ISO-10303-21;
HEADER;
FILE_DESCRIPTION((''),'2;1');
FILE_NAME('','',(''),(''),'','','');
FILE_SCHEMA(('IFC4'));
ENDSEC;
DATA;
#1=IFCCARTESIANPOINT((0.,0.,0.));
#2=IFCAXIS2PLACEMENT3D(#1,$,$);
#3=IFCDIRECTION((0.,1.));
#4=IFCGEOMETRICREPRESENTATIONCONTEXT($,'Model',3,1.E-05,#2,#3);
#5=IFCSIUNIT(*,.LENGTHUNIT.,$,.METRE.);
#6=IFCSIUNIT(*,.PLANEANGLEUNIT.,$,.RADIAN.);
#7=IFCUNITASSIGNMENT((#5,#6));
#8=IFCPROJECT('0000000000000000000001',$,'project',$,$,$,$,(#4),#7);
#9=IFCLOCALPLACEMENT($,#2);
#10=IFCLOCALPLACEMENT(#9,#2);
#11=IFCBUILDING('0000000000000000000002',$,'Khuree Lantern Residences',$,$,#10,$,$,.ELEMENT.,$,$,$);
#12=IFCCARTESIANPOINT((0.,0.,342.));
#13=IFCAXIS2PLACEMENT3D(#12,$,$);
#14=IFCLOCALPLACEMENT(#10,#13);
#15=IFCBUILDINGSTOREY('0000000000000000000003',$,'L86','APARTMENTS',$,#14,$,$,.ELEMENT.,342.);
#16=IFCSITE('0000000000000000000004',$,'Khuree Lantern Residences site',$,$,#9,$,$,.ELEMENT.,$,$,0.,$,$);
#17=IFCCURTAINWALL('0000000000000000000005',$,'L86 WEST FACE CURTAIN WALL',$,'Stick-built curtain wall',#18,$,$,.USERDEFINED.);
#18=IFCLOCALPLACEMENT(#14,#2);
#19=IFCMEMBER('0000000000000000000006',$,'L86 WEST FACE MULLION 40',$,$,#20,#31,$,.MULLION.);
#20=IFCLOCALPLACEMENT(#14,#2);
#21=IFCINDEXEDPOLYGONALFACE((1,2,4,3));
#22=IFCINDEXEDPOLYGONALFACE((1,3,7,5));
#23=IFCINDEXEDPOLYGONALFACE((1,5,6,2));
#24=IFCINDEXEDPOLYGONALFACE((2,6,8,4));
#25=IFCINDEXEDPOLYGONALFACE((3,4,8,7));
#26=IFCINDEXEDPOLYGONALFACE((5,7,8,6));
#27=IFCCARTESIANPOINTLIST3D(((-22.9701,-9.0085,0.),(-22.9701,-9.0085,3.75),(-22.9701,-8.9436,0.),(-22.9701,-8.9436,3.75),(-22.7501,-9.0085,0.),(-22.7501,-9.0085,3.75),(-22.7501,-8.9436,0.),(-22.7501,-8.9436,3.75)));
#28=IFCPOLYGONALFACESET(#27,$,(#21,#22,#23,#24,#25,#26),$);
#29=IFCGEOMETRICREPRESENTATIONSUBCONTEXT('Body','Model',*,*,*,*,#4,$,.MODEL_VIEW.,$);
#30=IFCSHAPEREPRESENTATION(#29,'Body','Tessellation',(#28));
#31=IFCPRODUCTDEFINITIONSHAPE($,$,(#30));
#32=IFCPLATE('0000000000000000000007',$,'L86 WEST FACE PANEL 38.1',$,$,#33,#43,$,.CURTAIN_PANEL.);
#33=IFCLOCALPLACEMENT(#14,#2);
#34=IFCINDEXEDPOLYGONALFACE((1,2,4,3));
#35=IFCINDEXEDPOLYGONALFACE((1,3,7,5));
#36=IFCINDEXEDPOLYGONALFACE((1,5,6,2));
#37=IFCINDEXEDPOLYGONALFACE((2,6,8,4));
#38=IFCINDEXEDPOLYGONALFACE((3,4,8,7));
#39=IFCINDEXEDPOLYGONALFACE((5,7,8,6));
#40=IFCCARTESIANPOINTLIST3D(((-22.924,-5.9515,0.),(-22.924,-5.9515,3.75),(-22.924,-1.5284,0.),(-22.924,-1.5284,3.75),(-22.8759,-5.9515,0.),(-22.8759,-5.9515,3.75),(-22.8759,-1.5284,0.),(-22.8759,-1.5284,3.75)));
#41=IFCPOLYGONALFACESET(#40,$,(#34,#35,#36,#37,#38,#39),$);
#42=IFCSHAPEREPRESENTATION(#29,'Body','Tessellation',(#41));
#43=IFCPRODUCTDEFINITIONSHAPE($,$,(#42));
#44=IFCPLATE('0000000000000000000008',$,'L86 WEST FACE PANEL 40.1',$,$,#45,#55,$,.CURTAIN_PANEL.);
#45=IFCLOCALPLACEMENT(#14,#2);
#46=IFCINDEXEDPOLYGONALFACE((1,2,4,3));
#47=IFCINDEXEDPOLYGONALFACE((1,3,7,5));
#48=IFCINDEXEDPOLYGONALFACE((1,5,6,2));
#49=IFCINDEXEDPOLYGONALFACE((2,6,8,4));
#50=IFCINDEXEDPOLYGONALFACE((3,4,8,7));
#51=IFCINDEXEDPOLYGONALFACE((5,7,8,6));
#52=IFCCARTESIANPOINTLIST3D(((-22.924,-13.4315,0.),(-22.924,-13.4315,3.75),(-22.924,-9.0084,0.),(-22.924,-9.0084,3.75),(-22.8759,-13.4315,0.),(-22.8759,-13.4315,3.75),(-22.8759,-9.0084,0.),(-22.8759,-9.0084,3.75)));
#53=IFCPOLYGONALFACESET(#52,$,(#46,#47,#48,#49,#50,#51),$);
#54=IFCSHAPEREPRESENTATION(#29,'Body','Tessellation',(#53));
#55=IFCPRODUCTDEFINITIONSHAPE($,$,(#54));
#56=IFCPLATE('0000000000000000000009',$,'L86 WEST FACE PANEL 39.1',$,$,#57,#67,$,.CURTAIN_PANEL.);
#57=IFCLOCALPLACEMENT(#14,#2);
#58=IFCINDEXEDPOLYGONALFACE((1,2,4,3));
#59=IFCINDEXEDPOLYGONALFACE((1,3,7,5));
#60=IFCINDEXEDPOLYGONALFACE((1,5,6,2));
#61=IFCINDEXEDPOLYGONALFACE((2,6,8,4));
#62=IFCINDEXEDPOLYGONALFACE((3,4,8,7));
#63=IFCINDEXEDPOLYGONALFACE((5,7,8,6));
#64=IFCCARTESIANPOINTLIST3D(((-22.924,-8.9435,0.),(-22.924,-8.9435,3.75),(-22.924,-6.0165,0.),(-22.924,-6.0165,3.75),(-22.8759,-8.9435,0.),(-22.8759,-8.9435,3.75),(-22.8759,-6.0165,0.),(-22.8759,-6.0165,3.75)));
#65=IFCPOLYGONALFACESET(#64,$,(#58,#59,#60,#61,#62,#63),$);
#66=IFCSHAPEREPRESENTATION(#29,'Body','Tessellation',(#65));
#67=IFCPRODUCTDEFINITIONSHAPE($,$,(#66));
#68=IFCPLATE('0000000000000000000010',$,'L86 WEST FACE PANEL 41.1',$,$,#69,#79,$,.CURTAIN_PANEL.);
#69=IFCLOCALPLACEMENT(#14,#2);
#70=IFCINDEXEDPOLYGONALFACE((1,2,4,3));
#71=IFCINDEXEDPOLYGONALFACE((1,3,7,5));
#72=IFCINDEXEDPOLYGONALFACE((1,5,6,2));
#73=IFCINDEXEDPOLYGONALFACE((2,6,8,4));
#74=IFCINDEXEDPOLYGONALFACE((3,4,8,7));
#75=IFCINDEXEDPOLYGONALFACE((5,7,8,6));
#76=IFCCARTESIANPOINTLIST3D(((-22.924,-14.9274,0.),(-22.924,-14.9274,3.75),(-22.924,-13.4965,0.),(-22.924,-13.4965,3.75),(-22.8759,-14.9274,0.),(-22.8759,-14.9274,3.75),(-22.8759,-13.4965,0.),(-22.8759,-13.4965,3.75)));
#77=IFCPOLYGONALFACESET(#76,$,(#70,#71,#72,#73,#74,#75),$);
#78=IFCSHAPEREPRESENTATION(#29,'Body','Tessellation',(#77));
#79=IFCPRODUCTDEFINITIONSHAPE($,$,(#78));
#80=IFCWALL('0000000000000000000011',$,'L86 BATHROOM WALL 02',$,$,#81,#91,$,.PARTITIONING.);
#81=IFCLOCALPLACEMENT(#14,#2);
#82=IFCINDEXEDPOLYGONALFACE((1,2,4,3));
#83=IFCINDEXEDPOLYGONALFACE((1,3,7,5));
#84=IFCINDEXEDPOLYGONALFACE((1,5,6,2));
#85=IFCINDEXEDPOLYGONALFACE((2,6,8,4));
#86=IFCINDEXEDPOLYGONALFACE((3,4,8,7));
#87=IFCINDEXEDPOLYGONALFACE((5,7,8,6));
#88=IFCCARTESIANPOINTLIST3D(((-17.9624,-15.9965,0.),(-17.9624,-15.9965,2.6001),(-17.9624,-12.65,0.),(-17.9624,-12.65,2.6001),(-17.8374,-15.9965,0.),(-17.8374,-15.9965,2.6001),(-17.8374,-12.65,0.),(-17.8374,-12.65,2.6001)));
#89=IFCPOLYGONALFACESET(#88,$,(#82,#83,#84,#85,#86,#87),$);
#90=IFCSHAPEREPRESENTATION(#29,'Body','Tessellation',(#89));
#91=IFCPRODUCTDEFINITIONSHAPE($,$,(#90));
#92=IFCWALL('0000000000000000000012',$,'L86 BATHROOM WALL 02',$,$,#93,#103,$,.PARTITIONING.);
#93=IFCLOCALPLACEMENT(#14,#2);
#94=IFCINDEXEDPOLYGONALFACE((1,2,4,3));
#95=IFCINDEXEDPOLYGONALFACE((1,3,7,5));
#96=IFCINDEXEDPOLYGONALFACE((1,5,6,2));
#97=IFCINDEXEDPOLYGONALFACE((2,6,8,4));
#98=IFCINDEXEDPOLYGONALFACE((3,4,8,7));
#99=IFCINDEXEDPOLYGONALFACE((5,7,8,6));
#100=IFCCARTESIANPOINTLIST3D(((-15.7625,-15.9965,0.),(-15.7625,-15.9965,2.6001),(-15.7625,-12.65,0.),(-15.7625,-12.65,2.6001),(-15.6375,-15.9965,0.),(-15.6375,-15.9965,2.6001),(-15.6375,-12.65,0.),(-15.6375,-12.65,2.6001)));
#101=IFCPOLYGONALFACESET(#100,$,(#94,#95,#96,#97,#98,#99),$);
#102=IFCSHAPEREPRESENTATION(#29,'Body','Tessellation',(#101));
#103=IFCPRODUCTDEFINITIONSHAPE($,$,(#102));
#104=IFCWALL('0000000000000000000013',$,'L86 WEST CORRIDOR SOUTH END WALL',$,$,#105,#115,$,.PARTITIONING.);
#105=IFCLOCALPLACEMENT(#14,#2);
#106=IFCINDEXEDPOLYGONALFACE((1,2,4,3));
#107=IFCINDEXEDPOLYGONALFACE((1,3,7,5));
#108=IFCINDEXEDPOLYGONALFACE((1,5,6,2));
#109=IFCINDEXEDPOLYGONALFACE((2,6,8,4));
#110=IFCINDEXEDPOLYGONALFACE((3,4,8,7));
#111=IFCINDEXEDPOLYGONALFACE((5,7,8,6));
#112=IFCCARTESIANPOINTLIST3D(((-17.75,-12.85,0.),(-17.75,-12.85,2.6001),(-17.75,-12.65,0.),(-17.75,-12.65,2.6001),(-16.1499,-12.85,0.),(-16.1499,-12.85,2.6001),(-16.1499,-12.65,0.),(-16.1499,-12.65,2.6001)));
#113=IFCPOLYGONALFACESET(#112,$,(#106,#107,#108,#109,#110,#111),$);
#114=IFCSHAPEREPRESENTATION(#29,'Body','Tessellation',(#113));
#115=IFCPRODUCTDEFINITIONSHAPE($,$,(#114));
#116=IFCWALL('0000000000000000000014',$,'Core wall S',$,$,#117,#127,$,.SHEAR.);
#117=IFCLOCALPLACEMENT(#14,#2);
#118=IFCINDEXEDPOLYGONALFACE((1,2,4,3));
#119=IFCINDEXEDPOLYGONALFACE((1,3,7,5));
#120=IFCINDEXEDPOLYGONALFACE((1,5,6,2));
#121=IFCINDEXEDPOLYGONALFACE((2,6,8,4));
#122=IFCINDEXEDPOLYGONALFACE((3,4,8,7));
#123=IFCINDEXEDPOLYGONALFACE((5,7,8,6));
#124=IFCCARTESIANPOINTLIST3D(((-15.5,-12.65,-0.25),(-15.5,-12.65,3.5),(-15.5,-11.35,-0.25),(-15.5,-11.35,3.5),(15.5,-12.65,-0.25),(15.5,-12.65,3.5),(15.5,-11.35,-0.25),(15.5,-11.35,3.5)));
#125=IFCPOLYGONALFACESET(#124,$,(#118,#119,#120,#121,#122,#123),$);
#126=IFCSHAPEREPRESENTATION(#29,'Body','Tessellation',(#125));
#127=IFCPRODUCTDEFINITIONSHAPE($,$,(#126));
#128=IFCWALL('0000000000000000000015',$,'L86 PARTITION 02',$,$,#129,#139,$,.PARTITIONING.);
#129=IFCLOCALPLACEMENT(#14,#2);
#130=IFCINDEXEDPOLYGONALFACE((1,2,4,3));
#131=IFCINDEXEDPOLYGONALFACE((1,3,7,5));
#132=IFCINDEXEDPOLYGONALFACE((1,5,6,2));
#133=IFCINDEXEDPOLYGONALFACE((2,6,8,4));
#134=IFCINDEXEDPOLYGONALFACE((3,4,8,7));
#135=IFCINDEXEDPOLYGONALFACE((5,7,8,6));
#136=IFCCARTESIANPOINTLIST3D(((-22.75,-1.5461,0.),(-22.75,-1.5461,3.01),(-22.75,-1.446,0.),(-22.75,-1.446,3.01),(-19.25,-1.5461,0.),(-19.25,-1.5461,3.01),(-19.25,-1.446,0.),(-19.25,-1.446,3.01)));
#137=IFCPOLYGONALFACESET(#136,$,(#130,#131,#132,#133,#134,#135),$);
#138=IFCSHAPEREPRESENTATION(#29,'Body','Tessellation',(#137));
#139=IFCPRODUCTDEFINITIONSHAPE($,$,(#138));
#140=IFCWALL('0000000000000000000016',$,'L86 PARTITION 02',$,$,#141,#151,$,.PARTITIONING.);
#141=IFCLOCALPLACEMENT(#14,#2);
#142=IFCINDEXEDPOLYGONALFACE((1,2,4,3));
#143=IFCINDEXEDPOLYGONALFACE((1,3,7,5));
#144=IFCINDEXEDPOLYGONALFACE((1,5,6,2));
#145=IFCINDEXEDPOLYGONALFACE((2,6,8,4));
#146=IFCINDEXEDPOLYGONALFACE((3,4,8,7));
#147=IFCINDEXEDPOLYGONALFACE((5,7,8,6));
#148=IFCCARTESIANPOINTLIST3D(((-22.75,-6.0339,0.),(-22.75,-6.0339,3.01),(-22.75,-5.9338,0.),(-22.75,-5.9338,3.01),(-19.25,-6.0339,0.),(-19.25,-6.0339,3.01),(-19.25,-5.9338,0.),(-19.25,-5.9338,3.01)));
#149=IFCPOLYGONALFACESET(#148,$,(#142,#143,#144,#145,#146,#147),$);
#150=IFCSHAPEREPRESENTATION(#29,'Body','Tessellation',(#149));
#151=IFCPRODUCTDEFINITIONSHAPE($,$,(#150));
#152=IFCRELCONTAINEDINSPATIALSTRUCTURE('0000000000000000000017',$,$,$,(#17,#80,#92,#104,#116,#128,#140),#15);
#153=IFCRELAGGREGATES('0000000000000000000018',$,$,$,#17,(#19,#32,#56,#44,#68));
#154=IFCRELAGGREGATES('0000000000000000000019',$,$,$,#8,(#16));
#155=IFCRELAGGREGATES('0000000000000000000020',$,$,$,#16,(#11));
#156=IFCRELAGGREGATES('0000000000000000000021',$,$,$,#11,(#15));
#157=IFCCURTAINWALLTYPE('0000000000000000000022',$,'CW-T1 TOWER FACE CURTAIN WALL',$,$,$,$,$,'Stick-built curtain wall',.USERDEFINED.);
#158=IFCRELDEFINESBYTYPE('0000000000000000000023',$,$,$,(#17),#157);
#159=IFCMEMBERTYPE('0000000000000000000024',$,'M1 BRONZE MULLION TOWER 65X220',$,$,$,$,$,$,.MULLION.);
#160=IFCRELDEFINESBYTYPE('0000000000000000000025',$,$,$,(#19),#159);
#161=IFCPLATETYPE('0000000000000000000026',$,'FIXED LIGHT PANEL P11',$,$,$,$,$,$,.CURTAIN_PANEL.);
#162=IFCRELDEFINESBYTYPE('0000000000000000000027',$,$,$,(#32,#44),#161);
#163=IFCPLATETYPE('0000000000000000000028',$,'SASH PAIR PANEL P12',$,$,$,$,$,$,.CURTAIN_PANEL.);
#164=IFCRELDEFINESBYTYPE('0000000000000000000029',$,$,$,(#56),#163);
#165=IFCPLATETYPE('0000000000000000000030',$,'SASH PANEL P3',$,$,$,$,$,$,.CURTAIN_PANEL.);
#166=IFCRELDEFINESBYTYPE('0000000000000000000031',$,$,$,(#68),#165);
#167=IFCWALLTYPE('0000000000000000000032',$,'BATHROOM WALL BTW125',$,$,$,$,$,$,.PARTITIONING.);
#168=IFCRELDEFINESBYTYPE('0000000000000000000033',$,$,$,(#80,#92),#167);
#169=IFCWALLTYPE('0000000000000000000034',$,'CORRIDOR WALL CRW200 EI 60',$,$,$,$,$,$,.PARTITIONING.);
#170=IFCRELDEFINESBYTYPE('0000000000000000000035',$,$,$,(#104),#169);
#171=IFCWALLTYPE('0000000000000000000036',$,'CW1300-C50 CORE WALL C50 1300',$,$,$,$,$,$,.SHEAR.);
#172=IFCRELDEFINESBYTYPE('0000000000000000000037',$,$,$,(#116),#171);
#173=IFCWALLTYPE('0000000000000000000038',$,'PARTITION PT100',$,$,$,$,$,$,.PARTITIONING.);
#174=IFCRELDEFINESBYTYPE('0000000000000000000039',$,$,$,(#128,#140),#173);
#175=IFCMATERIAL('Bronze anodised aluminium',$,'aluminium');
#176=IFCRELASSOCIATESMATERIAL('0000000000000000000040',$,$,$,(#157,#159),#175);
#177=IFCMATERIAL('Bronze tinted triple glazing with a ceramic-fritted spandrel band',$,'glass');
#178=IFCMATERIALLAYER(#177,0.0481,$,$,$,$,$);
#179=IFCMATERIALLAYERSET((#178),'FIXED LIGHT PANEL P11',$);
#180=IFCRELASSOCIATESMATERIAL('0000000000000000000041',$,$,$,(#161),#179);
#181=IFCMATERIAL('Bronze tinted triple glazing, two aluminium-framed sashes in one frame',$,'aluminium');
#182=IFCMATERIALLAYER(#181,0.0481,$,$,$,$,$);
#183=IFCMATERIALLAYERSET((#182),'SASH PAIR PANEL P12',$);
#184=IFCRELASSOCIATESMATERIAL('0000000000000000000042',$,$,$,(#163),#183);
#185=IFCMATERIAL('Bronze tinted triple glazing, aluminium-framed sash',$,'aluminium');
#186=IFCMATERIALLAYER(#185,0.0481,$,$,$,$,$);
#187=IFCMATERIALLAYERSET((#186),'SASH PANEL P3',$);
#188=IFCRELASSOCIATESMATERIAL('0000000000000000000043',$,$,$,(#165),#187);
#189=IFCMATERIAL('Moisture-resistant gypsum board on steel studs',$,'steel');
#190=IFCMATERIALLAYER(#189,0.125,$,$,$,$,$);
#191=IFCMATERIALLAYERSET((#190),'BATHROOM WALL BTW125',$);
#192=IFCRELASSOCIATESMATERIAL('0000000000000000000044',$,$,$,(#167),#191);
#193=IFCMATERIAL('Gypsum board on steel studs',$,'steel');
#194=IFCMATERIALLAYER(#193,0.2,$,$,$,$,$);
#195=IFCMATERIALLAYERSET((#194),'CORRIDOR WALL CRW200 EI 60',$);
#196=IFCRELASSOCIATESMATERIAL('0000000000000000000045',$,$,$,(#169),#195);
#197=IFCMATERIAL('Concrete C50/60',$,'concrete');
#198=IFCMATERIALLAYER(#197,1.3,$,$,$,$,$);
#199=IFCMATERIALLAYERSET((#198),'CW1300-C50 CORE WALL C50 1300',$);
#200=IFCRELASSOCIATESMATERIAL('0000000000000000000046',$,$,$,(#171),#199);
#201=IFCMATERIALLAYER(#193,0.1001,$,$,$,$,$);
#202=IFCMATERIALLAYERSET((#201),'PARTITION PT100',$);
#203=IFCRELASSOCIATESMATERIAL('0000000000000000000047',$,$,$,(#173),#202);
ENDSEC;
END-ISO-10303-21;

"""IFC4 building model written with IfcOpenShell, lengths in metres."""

from ifc_helpers import new_model, si_unit, direction, frame, frame_2d, origin, origin_2d, place, context, subcontext, project, spatial, rectangle, extrude, material, layer, layer_set, material_profile, profile_set, type_object, element, aggregate, save


model = new_model("IFC4")

# Units and contexts
model_context = context("Model", 3, precision=1e-05, world=origin(), true_north=direction((0.0, 1.0)))
body_context = subcontext(model_context, "Body", "Model", "MODEL_VIEW")
ifc_project = project(units=[si_unit("LENGTHUNIT", "METRE"), si_unit("PLANEANGLEUNIT", "RADIAN")], contexts=[model_context])

# Site, building, storey
site_placement = place(None, origin())
site = spatial("IfcSite", under=ifc_project, at=site_placement, Name="Khuree Lantern Residences site", CompositionType="ELEMENT", RefElevation=0.0)
building_placement = place(site_placement, origin())
building = spatial("IfcBuilding", under=site, at=building_placement, Name="Khuree Lantern Residences", CompositionType="ELEMENT")
storey_placement = place(building_placement, frame((0.0, 0.0, 342.0)))
storey = spatial("IfcBuildingStorey", under=building, at=storey_placement, Name="L86", Description="APARTMENTS", CompositionType="ELEMENT", Elevation=342.0)

# Shared definitions
ifc_material_1 = material(Name="Concrete C50/60", Category="concrete")

# Curtain wall
ifc_material_2 = material(Name="Bronze anodised aluminium", Category="aluminium")
curtain_wall_type = type_object("IfcCurtainWallType", Name="CW-T1 TOWER FACE CURTAIN WALL", ElementType="Stick-built curtain wall", PredefinedType="USERDEFINED", material=ifc_material_2)
curtain_wall_placement = place(storey_placement, origin())
curtain_wall = element("IfcCurtainWall", 1, at=curtain_wall_placement, inside=storey, type_object=curtain_wall_type, Name="L86 WEST FACE CURTAIN WALL", ObjectType="Stick-built curtain wall", PredefinedType="USERDEFINED")

# Member
ifc_material_profile_1 = material_profile(ifc_material_2, rectangle(XDim=0.0649, YDim=0.22, at=origin_2d()), Name="M1 65X220")
ifc_profile_set_1 = profile_set([ifc_material_profile_1], Name="Bronze anodised aluminium")
member_type_1 = type_object("IfcMemberType", Name="M1 BRONZE MULLION TOWER 65X220", PredefinedType="MULLION", material=ifc_profile_set_1)
member_1_placement = place(storey_placement, frame((-22.8601, -8.9761, 0.0), z_axis=(0.0, 0.0, 1.0), x_axis=(0.0, -1.0, 0.0)))
member_1 = element("IfcMember", 2, at=member_1_placement, type_object=member_type_1, Name="L86 WEST FACE MULLION 40", PredefinedType="MULLION", context=body_context, shape_type="SweptSolid", body=[
    extrude(rectangle(XDim=0.0649, YDim=0.22, at=origin_2d()), origin(), (0.0, 0.0, 1.0), 3.75),
])

# Plates
ifc_material_3 = material(Name="Bronze tinted triple glazing with a ceramic-fritted spandrel band", Category="glass")
ifc_layer_1 = layer(ifc_material_3, 0.0481)
ifc_layer_set_1 = layer_set([ifc_layer_1], Name="FIXED LIGHT PANEL P11")
plate_type_1 = type_object("IfcPlateType", Name="FIXED LIGHT PANEL P11", PredefinedType="CURTAIN_PANEL", material=ifc_layer_set_1)
plate_1_placement = place(storey_placement, frame((-22.8999, -3.74, 0.0), z_axis=(0.0, 0.0, 1.0), x_axis=(0.0, -1.0, 0.0)))
plate_1 = element("IfcPlate", 3, at=plate_1_placement, type_object=plate_type_1, Name="L86 WEST FACE PANEL 38.1", PredefinedType="CURTAIN_PANEL", context=body_context, shape_type="SweptSolid", body=[
    extrude(rectangle(XDim=4.4231, YDim=0.0481, at=origin_2d()), origin(), (0.0, 0.0, 1.0), 3.75),
])
plate_2_placement = place(storey_placement, frame((-22.8999, -11.22, 0.0), z_axis=(0.0, 0.0, 1.0), x_axis=(0.0, -1.0, 0.0)))
plate_2 = element("IfcPlate", 4, at=plate_2_placement, type_object=plate_type_1, Name="L86 WEST FACE PANEL 40.1", PredefinedType="CURTAIN_PANEL", context=body_context, shape_type="SweptSolid", body=[
    extrude(rectangle(XDim=4.4231, YDim=0.0481, at=origin_2d()), origin(), (0.0, 0.0, 1.0), 3.75),
])
ifc_material_4 = material(Name="Bronze tinted triple glazing, two aluminium-framed sashes in one frame", Category="aluminium")
ifc_layer_2 = layer(ifc_material_4, 0.0481)
ifc_layer_set_2 = layer_set([ifc_layer_2], Name="SASH PAIR PANEL P12")
plate_type_2 = type_object("IfcPlateType", Name="SASH PAIR PANEL P12", PredefinedType="CURTAIN_PANEL", material=ifc_layer_set_2)
plate_3_placement = place(storey_placement, frame((-22.8999, -7.48, 0.0), z_axis=(0.0, 0.0, 1.0), x_axis=(0.0, -1.0, 0.0)))
plate_3 = element("IfcPlate", 5, at=plate_3_placement, type_object=plate_type_2, Name="L86 WEST FACE PANEL 39.1", PredefinedType="CURTAIN_PANEL", context=body_context, shape_type="SweptSolid", body=[
    extrude(rectangle(XDim=2.927, YDim=0.0481, at=origin_2d()), origin(), (0.0, 0.0, 1.0), 3.75),
])
ifc_material_5 = material(Name="Bronze tinted triple glazing, aluminium-framed sash", Category="aluminium")
ifc_layer_3 = layer(ifc_material_5, 0.0481)
ifc_layer_set_3 = layer_set([ifc_layer_3], Name="SASH PANEL P3")
plate_type_3 = type_object("IfcPlateType", Name="SASH PANEL P3", PredefinedType="CURTAIN_PANEL", material=ifc_layer_set_3)
plate_4_placement = place(storey_placement, frame((-22.8999, -14.2119, 0.0), z_axis=(0.0, 0.0, 1.0), x_axis=(0.0, -1.0, 0.0)))
plate_4 = element("IfcPlate", 6, at=plate_4_placement, type_object=plate_type_3, Name="L86 WEST FACE PANEL 41.1", PredefinedType="CURTAIN_PANEL", context=body_context, shape_type="SweptSolid", body=[
    extrude(rectangle(XDim=1.4309, YDim=0.0481, at=origin_2d()), origin(), (0.0, 0.0, 1.0), 3.75),
])
aggregate(curtain_wall, [member_1, plate_1, plate_3, plate_2, plate_4])

# Walls
ifc_material_6 = material(Name="Moisture-resistant gypsum board on steel studs", Category="steel")
ifc_layer_4 = layer(ifc_material_6, 0.125)
ifc_layer_set_4 = layer_set([ifc_layer_4], Name="BATHROOM WALL BTW125")
wall_type_1 = type_object("IfcWallType", Name="BATHROOM WALL BTW125", PredefinedType="PARTITIONING", material=ifc_layer_set_4)
for number, where, z_axis, x_axis, name in (
    (7, (-17.8999, -12.6499, 0.0), (0.0, 0.0, 1.0), (0.0, -1.0, 0.0), "L86 BATHROOM WALL 02"),
    (8, (-15.7, -12.6499, 0.0), (0.0, 0.0, 1.0), (0.0, -1.0, 0.0), "L86 BATHROOM WALL 02"),
):
    element("IfcWall", number, at=place(storey_placement, frame(where, z_axis=z_axis, x_axis=x_axis)), inside=storey, type_object=wall_type_1, Name=name, PredefinedType="PARTITIONING", context=body_context, shape_type="SweptSolid", body=[
        extrude(rectangle(XDim=3.3464, YDim=0.125, at=frame_2d((1.6733, 0.0))), origin(), (0.0, 0.0, 1.0), 2.6001),
    ])
ifc_material_7 = material(Name="Gypsum board on steel studs", Category="steel")
ifc_layer_5 = layer(ifc_material_7, 0.2)
ifc_layer_set_5 = layer_set([ifc_layer_5], Name="CORRIDOR WALL CRW200 EI 60")
wall_type_2 = type_object("IfcWallType", Name="CORRIDOR WALL CRW200 EI 60", PredefinedType="PARTITIONING", material=ifc_layer_set_5)
wall_1_placement = place(storey_placement, frame((-16.1499, -12.75, 0.0), z_axis=(0.0, 0.0, 1.0), x_axis=(-1.0, 0.0, 0.0)))
element("IfcWall", 9, at=wall_1_placement, inside=storey, type_object=wall_type_2, Name="L86 WEST CORRIDOR SOUTH END WALL", PredefinedType="PARTITIONING", context=body_context, shape_type="SweptSolid", body=[
    extrude(rectangle(XDim=1.6001, YDim=0.2, at=frame_2d((0.8, 0.0))), origin(), (0.0, 0.0, 1.0), 2.6001),
])
ifc_layer_6 = layer(ifc_material_1, 1.3)
ifc_layer_set_6 = layer_set([ifc_layer_6], Name="CW1300-C50 CORE WALL C50 1300")
wall_type_3 = type_object("IfcWallType", Name="CW1300-C50 CORE WALL C50 1300", PredefinedType="SHEAR", material=ifc_layer_set_6)
wall_2_placement = place(storey_placement, frame((-15.5, -12.0, -0.25), z_axis=(0.0, 0.0, 1.0), x_axis=(1.0, 0.0, 0.0)))
element("IfcWall", 10, at=wall_2_placement, inside=storey, type_object=wall_type_3, Name="Core wall S", PredefinedType="SHEAR", context=body_context, shape_type="SweptSolid", body=[
    extrude(rectangle(XDim=31.0, YDim=1.3, at=frame_2d((15.5, 0.0))), origin(), (0.0, 0.0, 1.0), 3.75),
])
ifc_layer_7 = layer(ifc_material_7, 0.1001)
ifc_layer_set_7 = layer_set([ifc_layer_7], Name="PARTITION PT100")
wall_type_4 = type_object("IfcWallType", Name="PARTITION PT100", PredefinedType="PARTITIONING", material=ifc_layer_set_7)
for number, where, z_axis, x_axis, name in (
    (11, (-19.25, -1.4961, 0.0), (0.0, 0.0, 1.0), (-1.0, 0.0, 0.0), "L86 PARTITION 02"),
    (12, (-19.25, -5.9839, 0.0), (0.0, 0.0, 1.0), (-1.0, 0.0, 0.0), "L86 PARTITION 02"),
):
    element("IfcWall", number, at=place(storey_placement, frame(where, z_axis=z_axis, x_axis=x_axis)), inside=storey, type_object=wall_type_4, Name=name, PredefinedType="PARTITIONING", context=body_context, shape_type="SweptSolid", body=[
        extrude(rectangle(XDim=3.5, YDim=0.1001, at=frame_2d((1.75, 0.0))), origin(), (0.0, 0.0, 1.0), 3.01),
    ])

save(model, "model.ifc")
